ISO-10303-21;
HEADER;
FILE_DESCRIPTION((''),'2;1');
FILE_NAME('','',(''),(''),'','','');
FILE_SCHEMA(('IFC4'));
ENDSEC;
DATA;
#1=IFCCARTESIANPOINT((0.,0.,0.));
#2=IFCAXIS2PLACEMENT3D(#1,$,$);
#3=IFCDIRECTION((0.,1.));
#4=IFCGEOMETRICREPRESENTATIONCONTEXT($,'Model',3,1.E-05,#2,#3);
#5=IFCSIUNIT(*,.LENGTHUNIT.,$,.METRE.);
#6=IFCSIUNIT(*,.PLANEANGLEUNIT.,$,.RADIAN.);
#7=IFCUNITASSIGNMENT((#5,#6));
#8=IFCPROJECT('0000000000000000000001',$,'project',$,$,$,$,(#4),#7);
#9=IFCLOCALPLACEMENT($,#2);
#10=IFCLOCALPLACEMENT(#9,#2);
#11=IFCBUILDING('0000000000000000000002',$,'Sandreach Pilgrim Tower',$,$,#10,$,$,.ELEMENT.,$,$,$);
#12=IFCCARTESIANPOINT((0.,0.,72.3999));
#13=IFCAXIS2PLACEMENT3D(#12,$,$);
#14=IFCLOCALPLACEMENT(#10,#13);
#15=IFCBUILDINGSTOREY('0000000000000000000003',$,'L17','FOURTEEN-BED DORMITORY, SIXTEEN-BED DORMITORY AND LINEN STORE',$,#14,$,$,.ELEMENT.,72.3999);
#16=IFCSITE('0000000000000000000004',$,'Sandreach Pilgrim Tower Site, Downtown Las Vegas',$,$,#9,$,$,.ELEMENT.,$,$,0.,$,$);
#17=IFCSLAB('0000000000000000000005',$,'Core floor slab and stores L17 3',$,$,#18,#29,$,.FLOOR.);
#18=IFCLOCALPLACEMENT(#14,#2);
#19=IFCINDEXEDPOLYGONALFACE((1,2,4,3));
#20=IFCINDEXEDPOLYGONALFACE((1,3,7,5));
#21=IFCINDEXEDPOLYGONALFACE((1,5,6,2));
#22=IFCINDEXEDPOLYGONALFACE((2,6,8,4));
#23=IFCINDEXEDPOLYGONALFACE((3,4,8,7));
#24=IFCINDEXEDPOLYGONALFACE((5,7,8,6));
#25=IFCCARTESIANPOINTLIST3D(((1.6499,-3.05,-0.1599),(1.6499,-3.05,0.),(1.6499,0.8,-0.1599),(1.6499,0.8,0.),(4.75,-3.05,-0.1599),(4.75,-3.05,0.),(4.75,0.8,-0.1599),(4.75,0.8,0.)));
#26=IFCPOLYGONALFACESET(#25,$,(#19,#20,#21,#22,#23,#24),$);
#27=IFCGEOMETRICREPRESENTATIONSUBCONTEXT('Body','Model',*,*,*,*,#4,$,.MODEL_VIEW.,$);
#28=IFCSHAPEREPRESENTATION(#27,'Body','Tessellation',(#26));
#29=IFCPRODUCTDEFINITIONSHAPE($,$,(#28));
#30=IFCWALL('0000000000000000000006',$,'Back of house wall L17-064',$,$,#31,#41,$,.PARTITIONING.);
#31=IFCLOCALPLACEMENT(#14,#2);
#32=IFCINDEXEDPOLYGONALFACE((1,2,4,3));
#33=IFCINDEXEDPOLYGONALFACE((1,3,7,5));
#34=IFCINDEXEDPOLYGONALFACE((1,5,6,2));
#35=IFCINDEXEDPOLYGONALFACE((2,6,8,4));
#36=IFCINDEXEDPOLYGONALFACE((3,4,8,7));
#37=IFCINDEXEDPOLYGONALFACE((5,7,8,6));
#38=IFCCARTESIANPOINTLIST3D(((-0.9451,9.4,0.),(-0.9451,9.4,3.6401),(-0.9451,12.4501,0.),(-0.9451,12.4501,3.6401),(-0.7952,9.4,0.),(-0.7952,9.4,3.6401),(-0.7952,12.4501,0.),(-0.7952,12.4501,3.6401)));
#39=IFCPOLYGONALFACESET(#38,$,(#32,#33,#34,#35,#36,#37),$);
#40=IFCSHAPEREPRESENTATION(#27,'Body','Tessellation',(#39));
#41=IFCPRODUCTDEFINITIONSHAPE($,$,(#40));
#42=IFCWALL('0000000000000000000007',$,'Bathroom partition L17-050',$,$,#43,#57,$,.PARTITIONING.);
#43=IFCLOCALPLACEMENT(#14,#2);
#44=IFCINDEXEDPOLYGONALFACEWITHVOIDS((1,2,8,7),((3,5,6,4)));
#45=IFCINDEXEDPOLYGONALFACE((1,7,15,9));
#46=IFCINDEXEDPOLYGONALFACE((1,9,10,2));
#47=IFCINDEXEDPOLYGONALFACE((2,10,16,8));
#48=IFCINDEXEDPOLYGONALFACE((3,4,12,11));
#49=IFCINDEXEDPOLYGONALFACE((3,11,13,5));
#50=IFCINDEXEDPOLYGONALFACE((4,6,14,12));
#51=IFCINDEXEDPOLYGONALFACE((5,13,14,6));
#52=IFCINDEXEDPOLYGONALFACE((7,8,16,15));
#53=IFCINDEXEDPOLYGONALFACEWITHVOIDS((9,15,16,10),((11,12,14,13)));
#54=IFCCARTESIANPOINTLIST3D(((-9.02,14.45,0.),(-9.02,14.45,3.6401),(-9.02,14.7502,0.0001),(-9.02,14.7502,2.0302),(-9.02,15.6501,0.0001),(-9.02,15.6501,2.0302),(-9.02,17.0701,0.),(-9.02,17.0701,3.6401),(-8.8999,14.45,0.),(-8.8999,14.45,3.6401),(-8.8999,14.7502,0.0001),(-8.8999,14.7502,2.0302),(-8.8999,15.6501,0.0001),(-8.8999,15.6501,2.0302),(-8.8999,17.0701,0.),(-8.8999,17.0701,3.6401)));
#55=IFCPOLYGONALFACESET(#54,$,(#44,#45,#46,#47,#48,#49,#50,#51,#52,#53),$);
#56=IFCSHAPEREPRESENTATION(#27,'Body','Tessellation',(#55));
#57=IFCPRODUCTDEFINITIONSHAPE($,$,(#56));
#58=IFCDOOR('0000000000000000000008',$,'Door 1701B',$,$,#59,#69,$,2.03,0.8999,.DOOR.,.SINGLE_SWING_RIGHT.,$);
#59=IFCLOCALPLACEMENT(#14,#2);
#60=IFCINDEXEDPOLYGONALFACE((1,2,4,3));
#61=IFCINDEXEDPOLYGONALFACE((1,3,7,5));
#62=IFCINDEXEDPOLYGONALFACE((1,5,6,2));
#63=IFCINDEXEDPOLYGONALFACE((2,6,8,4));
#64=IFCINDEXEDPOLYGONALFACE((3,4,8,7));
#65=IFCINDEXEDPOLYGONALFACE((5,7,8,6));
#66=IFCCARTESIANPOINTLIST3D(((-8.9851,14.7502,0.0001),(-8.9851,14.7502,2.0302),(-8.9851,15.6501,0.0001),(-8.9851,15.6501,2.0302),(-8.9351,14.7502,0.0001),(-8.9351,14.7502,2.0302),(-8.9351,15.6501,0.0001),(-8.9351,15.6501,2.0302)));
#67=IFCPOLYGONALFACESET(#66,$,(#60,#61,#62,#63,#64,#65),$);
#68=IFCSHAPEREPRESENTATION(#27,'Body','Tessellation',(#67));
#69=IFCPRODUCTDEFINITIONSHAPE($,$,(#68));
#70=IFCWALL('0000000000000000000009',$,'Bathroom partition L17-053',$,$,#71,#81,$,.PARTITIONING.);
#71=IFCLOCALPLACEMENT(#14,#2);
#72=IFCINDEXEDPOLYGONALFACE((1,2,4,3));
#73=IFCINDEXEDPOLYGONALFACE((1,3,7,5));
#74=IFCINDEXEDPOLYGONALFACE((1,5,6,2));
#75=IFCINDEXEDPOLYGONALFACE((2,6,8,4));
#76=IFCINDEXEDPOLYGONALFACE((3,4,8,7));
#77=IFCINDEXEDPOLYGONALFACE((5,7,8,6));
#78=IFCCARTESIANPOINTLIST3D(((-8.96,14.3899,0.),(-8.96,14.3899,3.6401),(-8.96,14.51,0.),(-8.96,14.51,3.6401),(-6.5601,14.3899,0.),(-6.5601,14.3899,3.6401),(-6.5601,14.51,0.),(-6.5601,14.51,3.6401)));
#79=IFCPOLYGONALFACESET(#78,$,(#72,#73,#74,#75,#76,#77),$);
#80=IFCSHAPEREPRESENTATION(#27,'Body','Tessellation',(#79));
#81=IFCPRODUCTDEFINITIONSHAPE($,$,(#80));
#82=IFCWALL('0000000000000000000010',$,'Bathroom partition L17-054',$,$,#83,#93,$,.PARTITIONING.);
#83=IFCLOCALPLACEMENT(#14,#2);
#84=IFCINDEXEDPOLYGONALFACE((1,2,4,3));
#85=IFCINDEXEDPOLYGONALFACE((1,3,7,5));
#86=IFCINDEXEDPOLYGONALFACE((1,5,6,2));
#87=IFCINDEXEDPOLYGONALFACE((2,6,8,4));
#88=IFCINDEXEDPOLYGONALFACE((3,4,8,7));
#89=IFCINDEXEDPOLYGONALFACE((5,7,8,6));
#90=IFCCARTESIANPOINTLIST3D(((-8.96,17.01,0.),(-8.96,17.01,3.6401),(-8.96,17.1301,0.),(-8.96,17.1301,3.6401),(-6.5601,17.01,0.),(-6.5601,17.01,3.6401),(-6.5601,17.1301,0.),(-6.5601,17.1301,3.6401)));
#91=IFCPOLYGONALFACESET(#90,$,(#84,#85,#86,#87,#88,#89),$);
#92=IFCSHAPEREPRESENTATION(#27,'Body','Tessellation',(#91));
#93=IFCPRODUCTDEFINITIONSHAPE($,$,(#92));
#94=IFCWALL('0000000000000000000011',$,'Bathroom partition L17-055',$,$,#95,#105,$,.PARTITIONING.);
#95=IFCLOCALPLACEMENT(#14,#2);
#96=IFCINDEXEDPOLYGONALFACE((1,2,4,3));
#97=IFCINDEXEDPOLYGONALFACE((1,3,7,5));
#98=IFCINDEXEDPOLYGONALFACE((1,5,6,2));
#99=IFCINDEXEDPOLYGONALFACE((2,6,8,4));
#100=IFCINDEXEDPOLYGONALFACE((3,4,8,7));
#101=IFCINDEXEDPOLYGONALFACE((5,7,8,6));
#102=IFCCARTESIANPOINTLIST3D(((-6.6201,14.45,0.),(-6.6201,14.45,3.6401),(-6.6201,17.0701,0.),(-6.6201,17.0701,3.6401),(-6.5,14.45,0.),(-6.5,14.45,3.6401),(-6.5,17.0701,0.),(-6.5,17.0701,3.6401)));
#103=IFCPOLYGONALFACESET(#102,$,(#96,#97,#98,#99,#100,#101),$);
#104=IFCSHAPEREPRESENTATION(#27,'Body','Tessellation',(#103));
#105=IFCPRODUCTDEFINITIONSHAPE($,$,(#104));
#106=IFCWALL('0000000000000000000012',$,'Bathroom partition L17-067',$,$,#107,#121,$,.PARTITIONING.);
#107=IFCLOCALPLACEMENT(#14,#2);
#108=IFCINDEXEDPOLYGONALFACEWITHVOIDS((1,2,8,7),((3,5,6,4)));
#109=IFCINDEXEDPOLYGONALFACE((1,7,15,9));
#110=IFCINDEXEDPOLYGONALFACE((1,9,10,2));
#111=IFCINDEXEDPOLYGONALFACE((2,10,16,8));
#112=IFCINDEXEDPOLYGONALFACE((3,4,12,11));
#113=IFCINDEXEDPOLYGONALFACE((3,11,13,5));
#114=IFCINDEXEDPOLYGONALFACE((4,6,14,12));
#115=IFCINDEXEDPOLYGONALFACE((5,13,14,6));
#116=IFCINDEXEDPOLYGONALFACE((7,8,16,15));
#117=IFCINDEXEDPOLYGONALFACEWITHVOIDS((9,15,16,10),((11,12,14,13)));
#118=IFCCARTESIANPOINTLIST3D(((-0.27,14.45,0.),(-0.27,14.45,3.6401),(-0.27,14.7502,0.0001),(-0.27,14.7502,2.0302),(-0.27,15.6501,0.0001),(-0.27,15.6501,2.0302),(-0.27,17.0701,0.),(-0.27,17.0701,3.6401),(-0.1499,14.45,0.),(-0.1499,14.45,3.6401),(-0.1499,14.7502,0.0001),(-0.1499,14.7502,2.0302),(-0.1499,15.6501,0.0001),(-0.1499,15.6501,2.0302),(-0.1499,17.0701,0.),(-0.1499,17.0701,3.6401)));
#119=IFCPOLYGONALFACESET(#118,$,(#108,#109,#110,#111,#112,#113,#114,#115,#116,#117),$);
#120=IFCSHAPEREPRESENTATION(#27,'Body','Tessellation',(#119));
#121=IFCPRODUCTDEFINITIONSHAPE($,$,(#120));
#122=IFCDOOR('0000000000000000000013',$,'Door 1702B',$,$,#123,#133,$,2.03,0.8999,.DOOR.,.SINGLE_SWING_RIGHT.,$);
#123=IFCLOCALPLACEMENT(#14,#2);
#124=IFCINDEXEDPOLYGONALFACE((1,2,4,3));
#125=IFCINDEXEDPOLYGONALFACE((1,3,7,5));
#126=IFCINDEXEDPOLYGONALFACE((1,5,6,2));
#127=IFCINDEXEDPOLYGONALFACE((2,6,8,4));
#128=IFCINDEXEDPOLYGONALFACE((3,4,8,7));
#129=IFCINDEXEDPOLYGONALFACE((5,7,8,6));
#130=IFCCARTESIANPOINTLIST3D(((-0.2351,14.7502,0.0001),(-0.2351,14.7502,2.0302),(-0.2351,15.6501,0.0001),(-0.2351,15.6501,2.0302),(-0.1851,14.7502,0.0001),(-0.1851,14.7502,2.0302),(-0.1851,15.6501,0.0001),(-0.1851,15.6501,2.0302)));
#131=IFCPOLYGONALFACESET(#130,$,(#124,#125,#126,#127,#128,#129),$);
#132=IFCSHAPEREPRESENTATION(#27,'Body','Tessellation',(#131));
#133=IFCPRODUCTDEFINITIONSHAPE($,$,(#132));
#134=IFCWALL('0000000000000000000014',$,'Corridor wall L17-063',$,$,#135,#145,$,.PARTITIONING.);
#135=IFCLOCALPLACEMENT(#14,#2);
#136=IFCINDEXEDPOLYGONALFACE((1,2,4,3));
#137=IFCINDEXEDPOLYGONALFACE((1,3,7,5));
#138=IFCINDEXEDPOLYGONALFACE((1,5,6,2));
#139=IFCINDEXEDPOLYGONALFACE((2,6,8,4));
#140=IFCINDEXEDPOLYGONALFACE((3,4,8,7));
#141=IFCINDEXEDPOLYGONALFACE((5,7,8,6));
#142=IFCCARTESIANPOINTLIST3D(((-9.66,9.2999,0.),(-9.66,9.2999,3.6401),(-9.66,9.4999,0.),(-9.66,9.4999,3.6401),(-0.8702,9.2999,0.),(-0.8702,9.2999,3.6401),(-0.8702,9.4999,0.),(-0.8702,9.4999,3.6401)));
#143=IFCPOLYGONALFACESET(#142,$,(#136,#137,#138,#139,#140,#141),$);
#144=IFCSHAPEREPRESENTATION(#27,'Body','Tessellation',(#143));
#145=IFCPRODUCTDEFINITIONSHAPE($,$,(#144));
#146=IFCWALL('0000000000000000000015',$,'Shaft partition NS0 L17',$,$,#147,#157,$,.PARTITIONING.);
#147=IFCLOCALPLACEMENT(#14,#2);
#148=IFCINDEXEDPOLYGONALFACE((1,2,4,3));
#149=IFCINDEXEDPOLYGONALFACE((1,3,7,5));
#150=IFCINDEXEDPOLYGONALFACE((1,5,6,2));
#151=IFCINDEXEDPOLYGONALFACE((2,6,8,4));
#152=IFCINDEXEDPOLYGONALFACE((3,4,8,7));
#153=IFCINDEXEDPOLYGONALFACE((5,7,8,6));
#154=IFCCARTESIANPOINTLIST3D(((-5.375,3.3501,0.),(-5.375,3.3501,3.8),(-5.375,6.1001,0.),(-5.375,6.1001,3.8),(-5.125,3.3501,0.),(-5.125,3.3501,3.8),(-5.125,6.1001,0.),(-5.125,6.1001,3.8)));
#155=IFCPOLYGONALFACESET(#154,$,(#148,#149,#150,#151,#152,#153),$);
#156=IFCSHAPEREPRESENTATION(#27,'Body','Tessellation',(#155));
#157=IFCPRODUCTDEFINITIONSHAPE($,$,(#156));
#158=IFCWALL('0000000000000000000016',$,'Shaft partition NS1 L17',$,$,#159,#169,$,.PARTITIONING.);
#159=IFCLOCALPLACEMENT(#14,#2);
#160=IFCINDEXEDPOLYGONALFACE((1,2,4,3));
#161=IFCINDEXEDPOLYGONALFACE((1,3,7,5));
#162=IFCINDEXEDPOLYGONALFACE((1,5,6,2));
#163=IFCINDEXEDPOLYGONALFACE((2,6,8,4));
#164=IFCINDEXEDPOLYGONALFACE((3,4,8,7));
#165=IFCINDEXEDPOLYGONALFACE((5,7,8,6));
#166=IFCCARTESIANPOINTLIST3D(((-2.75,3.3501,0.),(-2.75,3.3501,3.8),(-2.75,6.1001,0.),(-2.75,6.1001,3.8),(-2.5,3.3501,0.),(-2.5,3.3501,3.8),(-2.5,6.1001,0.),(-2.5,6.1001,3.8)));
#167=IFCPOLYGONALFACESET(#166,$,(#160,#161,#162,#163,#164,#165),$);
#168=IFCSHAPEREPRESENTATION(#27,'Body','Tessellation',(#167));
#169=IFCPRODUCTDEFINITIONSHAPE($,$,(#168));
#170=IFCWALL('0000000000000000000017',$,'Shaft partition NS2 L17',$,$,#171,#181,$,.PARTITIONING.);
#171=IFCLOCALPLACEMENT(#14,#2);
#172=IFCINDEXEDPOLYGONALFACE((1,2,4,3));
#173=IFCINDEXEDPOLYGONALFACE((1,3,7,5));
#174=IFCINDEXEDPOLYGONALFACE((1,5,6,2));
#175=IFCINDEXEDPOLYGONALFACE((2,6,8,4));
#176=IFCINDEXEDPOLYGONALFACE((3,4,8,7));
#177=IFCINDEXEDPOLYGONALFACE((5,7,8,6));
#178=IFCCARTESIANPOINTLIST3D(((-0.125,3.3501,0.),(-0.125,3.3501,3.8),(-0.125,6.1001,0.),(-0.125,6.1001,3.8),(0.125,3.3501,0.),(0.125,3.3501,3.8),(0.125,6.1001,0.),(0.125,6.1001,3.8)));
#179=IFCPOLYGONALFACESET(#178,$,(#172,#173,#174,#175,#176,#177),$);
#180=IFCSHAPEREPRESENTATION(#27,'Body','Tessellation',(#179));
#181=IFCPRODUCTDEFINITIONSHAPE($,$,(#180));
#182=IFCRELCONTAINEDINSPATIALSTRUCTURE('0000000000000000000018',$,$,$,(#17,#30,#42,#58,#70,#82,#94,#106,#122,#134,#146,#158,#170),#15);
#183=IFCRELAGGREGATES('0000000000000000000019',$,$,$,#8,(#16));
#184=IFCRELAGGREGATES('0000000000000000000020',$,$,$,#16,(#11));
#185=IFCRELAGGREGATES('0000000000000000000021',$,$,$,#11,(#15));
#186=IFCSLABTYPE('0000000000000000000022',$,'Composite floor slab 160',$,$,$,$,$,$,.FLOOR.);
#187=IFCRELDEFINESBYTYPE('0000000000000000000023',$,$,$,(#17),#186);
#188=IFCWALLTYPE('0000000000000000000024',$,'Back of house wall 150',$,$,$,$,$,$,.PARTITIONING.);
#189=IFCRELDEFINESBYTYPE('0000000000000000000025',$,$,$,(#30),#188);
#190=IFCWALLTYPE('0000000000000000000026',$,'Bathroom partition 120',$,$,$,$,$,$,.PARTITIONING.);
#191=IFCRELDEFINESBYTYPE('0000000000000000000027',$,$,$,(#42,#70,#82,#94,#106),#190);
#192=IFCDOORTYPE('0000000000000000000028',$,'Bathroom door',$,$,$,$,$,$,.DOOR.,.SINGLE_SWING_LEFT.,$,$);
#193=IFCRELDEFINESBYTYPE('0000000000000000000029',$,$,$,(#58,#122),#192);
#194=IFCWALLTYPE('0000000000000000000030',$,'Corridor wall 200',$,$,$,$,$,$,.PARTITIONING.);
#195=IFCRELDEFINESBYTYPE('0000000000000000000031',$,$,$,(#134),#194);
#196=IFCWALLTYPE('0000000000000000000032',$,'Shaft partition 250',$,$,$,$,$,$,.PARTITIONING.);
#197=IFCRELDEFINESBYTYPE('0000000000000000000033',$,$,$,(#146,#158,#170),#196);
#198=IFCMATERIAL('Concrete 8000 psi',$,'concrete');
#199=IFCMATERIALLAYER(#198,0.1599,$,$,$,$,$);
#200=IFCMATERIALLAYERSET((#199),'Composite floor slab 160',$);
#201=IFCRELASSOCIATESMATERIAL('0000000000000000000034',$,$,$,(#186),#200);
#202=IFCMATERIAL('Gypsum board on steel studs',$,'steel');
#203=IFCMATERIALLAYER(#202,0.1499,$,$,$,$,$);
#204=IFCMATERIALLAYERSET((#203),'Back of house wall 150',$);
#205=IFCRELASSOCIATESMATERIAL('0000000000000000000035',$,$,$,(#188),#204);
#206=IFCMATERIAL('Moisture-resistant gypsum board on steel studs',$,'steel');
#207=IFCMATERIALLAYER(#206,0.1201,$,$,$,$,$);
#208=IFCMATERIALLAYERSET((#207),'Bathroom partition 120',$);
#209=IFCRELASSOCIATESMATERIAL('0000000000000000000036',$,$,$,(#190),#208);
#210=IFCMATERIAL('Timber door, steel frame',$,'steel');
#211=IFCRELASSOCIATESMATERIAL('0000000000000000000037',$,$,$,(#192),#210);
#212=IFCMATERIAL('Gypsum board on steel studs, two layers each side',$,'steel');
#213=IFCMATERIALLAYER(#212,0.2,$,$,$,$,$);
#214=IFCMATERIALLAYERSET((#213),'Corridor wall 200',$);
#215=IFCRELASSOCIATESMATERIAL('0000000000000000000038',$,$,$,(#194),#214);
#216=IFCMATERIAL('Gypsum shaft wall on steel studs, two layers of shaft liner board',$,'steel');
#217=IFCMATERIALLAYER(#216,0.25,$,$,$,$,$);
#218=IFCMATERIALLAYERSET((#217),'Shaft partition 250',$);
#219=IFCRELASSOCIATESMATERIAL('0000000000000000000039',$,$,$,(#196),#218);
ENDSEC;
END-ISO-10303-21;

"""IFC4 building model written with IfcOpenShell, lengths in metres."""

from ifc_helpers import new_model, si_unit, direction, frame, frame_2d, origin, place, context, subcontext, project, spatial, polyline, rectangle, outline, extrude, material, layer, layer_set, type_object, element, fill, save


model = new_model("IFC4")

# Units and contexts
model_context = context("Model", 3, precision=1e-05, world=origin(), true_north=direction((0.0, 1.0)))
body_context = subcontext(model_context, "Body", "Model", "MODEL_VIEW")
ifc_project = project(units=[si_unit("LENGTHUNIT", "METRE"), si_unit("PLANEANGLEUNIT", "RADIAN")], contexts=[model_context])

# Site, building, storey
site_placement = place(None, origin())
site = spatial("IfcSite", under=ifc_project, at=site_placement, Name="Sandreach Pilgrim Tower Site, Downtown Las Vegas", CompositionType="ELEMENT", RefElevation=0.0)
building_placement = place(site_placement, origin())
building = spatial("IfcBuilding", under=site, at=building_placement, Name="Sandreach Pilgrim Tower", CompositionType="ELEMENT")
storey_placement = place(building_placement, frame((0.0, 0.0, 72.3999)))
storey = spatial("IfcBuildingStorey", under=building, at=storey_placement, Name="L17", Description="FOURTEEN-BED DORMITORY, SIXTEEN-BED DORMITORY AND LINEN STORE", CompositionType="ELEMENT", Elevation=72.3999)

# Slab
ifc_material_1 = material(Name="Concrete 8000 psi", Category="concrete")
ifc_layer_1 = layer(ifc_material_1, 0.1599)
ifc_layer_set_1 = layer_set([ifc_layer_1], Name="Composite floor slab 160")
slab_type = type_object("IfcSlabType", Name="Composite floor slab 160", PredefinedType="FLOOR", material=ifc_layer_set_1)
slab_placement = place(storey_placement, frame((0.0, 0.0, -0.1599)))
element("IfcSlab", 1, at=slab_placement, inside=storey, type_object=slab_type, Name="Core floor slab and stores L17 3", PredefinedType="FLOOR", context=body_context, shape_type="SweptSolid", body=[
    extrude(outline(polyline([(4.75, -3.05), (1.6499, -3.05), (1.6499, 0.8), (4.75, 0.8), (4.75, -3.05)])), origin(), (0.0, 0.0, 1.0), 0.1599),
])

# Wall
ifc_material_2 = material(Name="Gypsum board on steel studs", Category="steel")
ifc_layer_2 = layer(ifc_material_2, 0.1499)
ifc_layer_set_2 = layer_set([ifc_layer_2], Name="Back of house wall 150")
wall_type_1 = type_object("IfcWallType", Name="Back of house wall 150", PredefinedType="PARTITIONING", material=ifc_layer_set_2)
wall_1_placement = place(storey_placement, frame((-0.8701, 12.45, 0.0), z_axis=(0.0, 0.0, 1.0), x_axis=(0.0, -1.0, 0.0)))
element("IfcWall", 2, at=wall_1_placement, inside=storey, type_object=wall_type_1, Name="Back of house wall L17-064", PredefinedType="PARTITIONING", context=body_context, shape_type="SweptSolid", body=[
    extrude(rectangle(XDim=3.05, YDim=0.1499, at=frame_2d((1.5249, 0.0))), origin(), (0.0, 0.0, 1.0), 3.6401),
])

# Wall, opening, door
ifc_material_3 = material(Name="Moisture-resistant gypsum board on steel studs", Category="steel")
ifc_layer_3 = layer(ifc_material_3, 0.1201)
ifc_layer_set_3 = layer_set([ifc_layer_3], Name="Bathroom partition 120")
wall_type_2 = type_object("IfcWallType", Name="Bathroom partition 120", PredefinedType="PARTITIONING", material=ifc_layer_set_3)
wall_2_placement = place(storey_placement, frame((-8.96, 17.0701, 0.0), z_axis=(0.0, 0.0, 1.0), x_axis=(0.0, -1.0, 0.0)))
wall_2 = element("IfcWall", 3, at=wall_2_placement, inside=storey, type_object=wall_type_2, Name="Bathroom partition L17-050", PredefinedType="PARTITIONING", context=body_context, shape_type="SweptSolid", body=[
    extrude(rectangle(XDim=2.6201, YDim=0.1201, at=frame_2d((1.3101, 0.0))), origin(), (0.0, 0.0, 1.0), 3.6401),
])
opening_1_placement = place(wall_2_placement, frame((1.4199, 0.0, 0.0)))
opening_1 = element("IfcOpeningElement", 4, at=opening_1_placement, cuts=wall_2, PredefinedType="OPENING", context=body_context, shape_type="SweptSolid", body=[
    extrude(rectangle(XDim=0.8999, YDim=2.03, at=frame_2d((0.45, 1.0151))), frame((0.0, 0.0601, 0.0), z_axis=(0.0, -1.0, 0.0), x_axis=(1.0, 0.0, 0.0)), (0.0, 0.0, 1.0), 0.1201),
])
ifc_material_4 = material(Name="Timber door, steel frame", Category="steel")
door_type_1 = type_object("IfcDoorType", Name="Bathroom door", OperationType="SINGLE_SWING_LEFT", PredefinedType="DOOR", material=ifc_material_4)
door_1_placement = place(opening_1_placement, origin())
door_1 = element("IfcDoor", 5, at=door_1_placement, inside=storey, type_object=door_type_1, Name="Door 1701B", OperationType="SINGLE_SWING_RIGHT", OverallHeight=2.03, OverallWidth=0.8999, PredefinedType="DOOR", context=body_context, shape_type="SweptSolid", body=[
    extrude(rectangle(XDim=0.8999, YDim=2.03, at=frame_2d((0.45, 1.0151))), frame((0.0, 0.0249, 0.0), z_axis=(0.0, -1.0, 0.0), x_axis=(1.0, 0.0, 0.0)), (0.0, 0.0, 1.0), 0.05),
])
fill(opening_1, door_1)

# Walls
for number, where, z_axis, x_axis, name in (
    (6, (-6.5601, 14.45, 0.0), (0.0, 0.0, 1.0), (-1.0, 0.0, 0.0), "Bathroom partition L17-053"),
    (7, (-6.5601, 17.0701, 0.0), (0.0, 0.0, 1.0), (-1.0, 0.0, 0.0), "Bathroom partition L17-054"),
):
    element("IfcWall", number, at=place(storey_placement, frame(where, z_axis=z_axis, x_axis=x_axis)), inside=storey, type_object=wall_type_2, Name=name, PredefinedType="PARTITIONING", context=body_context, shape_type="SweptSolid", body=[
        extrude(rectangle(XDim=2.3999, YDim=0.1201, at=frame_2d((1.2, 0.0))), origin(), (0.0, 0.0, 1.0), 3.6401),
    ])
wall_3_placement = place(storey_placement, frame((-6.5601, 17.0701, 0.0), z_axis=(0.0, 0.0, 1.0), x_axis=(0.0, -1.0, 0.0)))
element("IfcWall", 8, at=wall_3_placement, inside=storey, type_object=wall_type_2, Name="Bathroom partition L17-055", PredefinedType="PARTITIONING", context=body_context, shape_type="SweptSolid", body=[
    extrude(rectangle(XDim=2.6201, YDim=0.1201, at=frame_2d((1.3101, 0.0))), origin(), (0.0, 0.0, 1.0), 3.6401),
])

# Wall, opening, door
wall_4_placement = place(storey_placement, frame((-0.21, 17.0701, 0.0), z_axis=(0.0, 0.0, 1.0), x_axis=(0.0, -1.0, 0.0)))
wall_4 = element("IfcWall", 9, at=wall_4_placement, inside=storey, type_object=wall_type_2, Name="Bathroom partition L17-067", PredefinedType="PARTITIONING", context=body_context, shape_type="SweptSolid", body=[
    extrude(rectangle(XDim=2.6201, YDim=0.1201, at=frame_2d((1.3101, 0.0))), origin(), (0.0, 0.0, 1.0), 3.6401),
])
opening_2_placement = place(wall_4_placement, frame((1.4199, 0.0, 0.0)))
opening_2 = element("IfcOpeningElement", 10, at=opening_2_placement, cuts=wall_4, PredefinedType="OPENING", context=body_context, shape_type="SweptSolid", body=[
    extrude(rectangle(XDim=0.8999, YDim=2.03, at=frame_2d((0.45, 1.0151))), frame((0.0, 0.0601, 0.0), z_axis=(0.0, -1.0, 0.0), x_axis=(1.0, 0.0, 0.0)), (0.0, 0.0, 1.0), 0.1201),
])
door_2_placement = place(opening_2_placement, origin())
door_2 = element("IfcDoor", 11, at=door_2_placement, inside=storey, type_object=door_type_1, Name="Door 1702B", OperationType="SINGLE_SWING_RIGHT", OverallHeight=2.03, OverallWidth=0.8999, PredefinedType="DOOR", context=body_context, shape_type="SweptSolid", body=[
    extrude(rectangle(XDim=0.8999, YDim=2.03, at=frame_2d((0.45, 1.0151))), frame((0.0, 0.0249, 0.0), z_axis=(0.0, -1.0, 0.0), x_axis=(1.0, 0.0, 0.0)), (0.0, 0.0, 1.0), 0.05),
])
fill(opening_2, door_2)

# Wall
ifc_material_5 = material(Name="Gypsum board on steel studs, two layers each side", Category="steel")
ifc_layer_4 = layer(ifc_material_5, 0.2)
ifc_layer_set_4 = layer_set([ifc_layer_4], Name="Corridor wall 200")
wall_type_3 = type_object("IfcWallType", Name="Corridor wall 200", PredefinedType="PARTITIONING", material=ifc_layer_set_4)
wall_5_placement = place(storey_placement, frame((-0.8701, 9.3999, 0.0), z_axis=(0.0, 0.0, 1.0), x_axis=(-1.0, 0.0, 0.0)))
element("IfcWall", 12, at=wall_5_placement, inside=storey, type_object=wall_type_3, Name="Corridor wall L17-063", PredefinedType="PARTITIONING", context=body_context, shape_type="SweptSolid", body=[
    extrude(rectangle(XDim=8.7898, YDim=0.2, at=frame_2d((4.395, 0.0))), origin(), (0.0, 0.0, 1.0), 3.6401),
])

# Walls
ifc_material_6 = material(Name="Gypsum shaft wall on steel studs, two layers of shaft liner board", Category="steel")
ifc_layer_5 = layer(ifc_material_6, 0.25)
ifc_layer_set_5 = layer_set([ifc_layer_5], Name="Shaft partition 250")
wall_type_4 = type_object("IfcWallType", Name="Shaft partition 250", PredefinedType="PARTITIONING", material=ifc_layer_set_5)
for number, where, z_axis, x_axis, name in (
    (13, (-5.25, 3.3501, 0.0), (0.0, 0.0, 1.0), (0.0, 1.0, 0.0), "Shaft partition NS0 L17"),
    (14, (-2.625, 3.3501, 0.0), (0.0, 0.0, 1.0), (0.0, 1.0, 0.0), "Shaft partition NS1 L17"),
    (15, (0.0, 3.3501, 0.0), (0.0, 0.0, 1.0), (0.0, 1.0, 0.0), "Shaft partition NS2 L17"),
):
    element("IfcWall", number, at=place(storey_placement, frame(where, z_axis=z_axis, x_axis=x_axis)), inside=storey, type_object=wall_type_4, Name=name, PredefinedType="PARTITIONING", context=body_context, shape_type="SweptSolid", body=[
        extrude(rectangle(XDim=2.75, YDim=0.25, at=frame_2d((1.375, 0.0))), origin(), (0.0, 0.0, 1.0), 3.8),
    ])

save(model, "model.ifc")
